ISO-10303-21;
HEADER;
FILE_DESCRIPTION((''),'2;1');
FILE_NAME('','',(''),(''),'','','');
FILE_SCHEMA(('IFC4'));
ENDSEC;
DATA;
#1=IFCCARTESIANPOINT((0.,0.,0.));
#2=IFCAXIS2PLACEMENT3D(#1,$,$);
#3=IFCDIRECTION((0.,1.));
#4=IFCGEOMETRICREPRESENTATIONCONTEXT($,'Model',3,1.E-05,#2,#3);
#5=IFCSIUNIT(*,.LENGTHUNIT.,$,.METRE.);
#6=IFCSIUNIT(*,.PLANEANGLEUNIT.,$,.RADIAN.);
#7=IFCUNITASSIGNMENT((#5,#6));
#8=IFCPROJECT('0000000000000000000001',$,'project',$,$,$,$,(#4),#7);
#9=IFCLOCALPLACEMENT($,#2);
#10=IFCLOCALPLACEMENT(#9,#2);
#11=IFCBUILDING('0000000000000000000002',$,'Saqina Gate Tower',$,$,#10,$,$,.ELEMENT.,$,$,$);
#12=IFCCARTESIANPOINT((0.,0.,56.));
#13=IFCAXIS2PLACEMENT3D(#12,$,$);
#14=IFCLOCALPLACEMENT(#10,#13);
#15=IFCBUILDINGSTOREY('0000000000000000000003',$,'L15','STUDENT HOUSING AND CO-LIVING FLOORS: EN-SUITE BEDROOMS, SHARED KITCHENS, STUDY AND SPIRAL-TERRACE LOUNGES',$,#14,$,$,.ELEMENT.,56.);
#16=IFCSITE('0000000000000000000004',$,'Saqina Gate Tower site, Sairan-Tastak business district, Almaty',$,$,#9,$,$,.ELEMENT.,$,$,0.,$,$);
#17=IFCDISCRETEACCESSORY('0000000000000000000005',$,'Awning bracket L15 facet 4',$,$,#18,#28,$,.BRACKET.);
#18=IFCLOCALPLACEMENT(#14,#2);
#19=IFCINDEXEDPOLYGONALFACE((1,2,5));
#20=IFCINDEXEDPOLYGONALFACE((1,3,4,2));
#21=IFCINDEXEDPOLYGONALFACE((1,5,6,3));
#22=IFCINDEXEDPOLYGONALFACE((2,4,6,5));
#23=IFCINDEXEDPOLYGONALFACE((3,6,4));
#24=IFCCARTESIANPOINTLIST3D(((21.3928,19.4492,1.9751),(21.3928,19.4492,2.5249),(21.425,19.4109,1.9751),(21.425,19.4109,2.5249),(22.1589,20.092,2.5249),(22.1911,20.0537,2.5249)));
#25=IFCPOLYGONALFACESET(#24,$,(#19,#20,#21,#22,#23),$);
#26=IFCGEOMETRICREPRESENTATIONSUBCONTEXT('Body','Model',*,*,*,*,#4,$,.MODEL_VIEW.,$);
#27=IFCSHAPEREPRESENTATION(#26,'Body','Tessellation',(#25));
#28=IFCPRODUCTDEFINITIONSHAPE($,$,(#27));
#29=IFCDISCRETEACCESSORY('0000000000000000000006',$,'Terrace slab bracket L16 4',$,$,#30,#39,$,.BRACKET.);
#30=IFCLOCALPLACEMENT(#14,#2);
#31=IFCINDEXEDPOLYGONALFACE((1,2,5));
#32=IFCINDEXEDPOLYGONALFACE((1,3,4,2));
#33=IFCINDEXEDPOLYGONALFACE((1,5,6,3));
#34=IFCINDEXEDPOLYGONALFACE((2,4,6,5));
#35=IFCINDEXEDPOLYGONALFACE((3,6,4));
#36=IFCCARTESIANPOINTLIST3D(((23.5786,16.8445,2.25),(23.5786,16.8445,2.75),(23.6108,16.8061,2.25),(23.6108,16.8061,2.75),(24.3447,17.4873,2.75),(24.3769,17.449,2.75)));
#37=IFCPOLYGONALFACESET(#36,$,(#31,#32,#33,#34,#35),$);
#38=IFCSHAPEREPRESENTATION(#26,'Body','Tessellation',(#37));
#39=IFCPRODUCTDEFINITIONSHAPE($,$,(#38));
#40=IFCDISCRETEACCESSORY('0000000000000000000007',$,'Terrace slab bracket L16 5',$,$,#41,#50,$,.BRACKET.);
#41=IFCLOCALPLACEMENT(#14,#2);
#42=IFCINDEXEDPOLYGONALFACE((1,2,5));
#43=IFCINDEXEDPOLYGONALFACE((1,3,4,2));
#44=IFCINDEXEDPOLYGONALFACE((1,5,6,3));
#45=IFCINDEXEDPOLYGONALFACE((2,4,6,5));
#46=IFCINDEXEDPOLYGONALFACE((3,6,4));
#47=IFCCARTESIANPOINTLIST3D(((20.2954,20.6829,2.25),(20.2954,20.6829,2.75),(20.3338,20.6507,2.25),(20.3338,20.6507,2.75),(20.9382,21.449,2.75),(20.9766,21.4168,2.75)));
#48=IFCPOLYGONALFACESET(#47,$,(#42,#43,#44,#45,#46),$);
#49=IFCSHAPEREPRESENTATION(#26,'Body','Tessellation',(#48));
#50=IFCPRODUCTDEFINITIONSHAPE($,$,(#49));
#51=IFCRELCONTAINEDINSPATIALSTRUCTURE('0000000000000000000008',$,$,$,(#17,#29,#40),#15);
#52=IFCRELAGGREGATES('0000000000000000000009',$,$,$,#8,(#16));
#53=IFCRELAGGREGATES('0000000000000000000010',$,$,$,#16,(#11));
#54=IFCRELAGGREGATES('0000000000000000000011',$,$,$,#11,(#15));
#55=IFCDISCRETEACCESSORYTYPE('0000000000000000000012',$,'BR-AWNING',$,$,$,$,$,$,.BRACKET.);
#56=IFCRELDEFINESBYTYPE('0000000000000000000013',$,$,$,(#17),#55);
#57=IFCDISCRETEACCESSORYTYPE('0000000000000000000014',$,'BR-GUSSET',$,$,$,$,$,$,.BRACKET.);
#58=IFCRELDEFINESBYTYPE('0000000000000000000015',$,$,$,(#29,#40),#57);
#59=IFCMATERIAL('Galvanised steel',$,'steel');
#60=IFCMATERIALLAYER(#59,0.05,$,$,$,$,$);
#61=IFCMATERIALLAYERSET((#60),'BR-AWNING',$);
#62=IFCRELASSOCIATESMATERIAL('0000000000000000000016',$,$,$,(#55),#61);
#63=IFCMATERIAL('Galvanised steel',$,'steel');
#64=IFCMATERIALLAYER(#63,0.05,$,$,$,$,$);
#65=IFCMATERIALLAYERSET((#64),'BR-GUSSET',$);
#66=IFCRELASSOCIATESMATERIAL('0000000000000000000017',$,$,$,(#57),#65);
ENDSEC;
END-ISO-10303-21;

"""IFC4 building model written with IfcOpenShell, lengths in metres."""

from ifc_helpers import new_model, si_unit, direction, frame, origin, place, context, subcontext, project, spatial, polyline, outline, extrude, material, layer, layer_set, type_object, element, save


model = new_model("IFC4")

# Units and contexts
model_context = context("Model", 3, precision=1e-05, world=origin(), true_north=direction((0.0, 1.0)))
body_context = subcontext(model_context, "Body", "Model", "MODEL_VIEW")
ifc_project = project(units=[si_unit("LENGTHUNIT", "METRE"), si_unit("PLANEANGLEUNIT", "RADIAN")], contexts=[model_context])

# Site, building, storey
site_placement = place(None, origin())
site = spatial("IfcSite", under=ifc_project, at=site_placement, Name="Saqina Gate Tower site, Sairan-Tastak business district, Almaty", CompositionType="ELEMENT", RefElevation=0.0)
building_placement = place(site_placement, origin())
building = spatial("IfcBuilding", under=site, at=building_placement, Name="Saqina Gate Tower", CompositionType="ELEMENT")
storey_placement = place(building_placement, frame((0.0, 0.0, 56.0)))
storey = spatial("IfcBuildingStorey", under=building, at=storey_placement, Name="L15", Description="STUDENT HOUSING AND CO-LIVING FLOORS: EN-SUITE BEDROOMS, SHARED KITCHENS, STUDY AND SPIRAL-TERRACE LOUNGES", CompositionType="ELEMENT", Elevation=56.0)

# Discrete accessories
ifc_material_1 = material(Name="Galvanised steel", Category="steel")
ifc_layer_1 = layer(ifc_material_1, 0.05)
ifc_layer_set_1 = layer_set([ifc_layer_1], Name="BR-AWNING")
discrete_accessory_type_1 = type_object("IfcDiscreteAccessoryType", Name="BR-AWNING", PredefinedType="BRACKET", material=ifc_layer_set_1)
for number, where, z_axis, x_axis, name in (
    (1, (21.3928, 19.4492, 1.9751), (-0.642774, 0.766056, 0.0), (0.0, 0.0, 1.0), "Awning bracket L15 facet 4"),
):
    element("IfcDiscreteAccessory", number, at=place(storey_placement, frame(where, z_axis=z_axis, x_axis=x_axis)), inside=storey, type_object=discrete_accessory_type_1, Name=name, PredefinedType="BRACKET", context=body_context, shape_type="SweptSolid", body=[
        extrude(outline(polyline([(0.0, 0.0), (0.5498, 0.0), (0.5498, 1.0001), (0.0, 0.0)])), origin(), (0.0, 0.0, -1.0), 0.05),
    ])
ifc_material_2 = material(Name="Galvanised steel", Category="steel")
ifc_layer_2 = layer(ifc_material_2, 0.05)
ifc_layer_set_2 = layer_set([ifc_layer_2], Name="BR-GUSSET")
discrete_accessory_type_2 = type_object("IfcDiscreteAccessoryType", Name="BR-GUSSET", PredefinedType="BRACKET", material=ifc_layer_set_2)
for number, where, z_axis, x_axis, name in (
    (2, (23.5786, 16.8445, 2.25), (-0.642774, 0.766056, 0.0), (0.0, 0.0, 1.0), "Terrace slab bracket L16 4"),
    (3, (20.2954, 20.6829, 2.25), (-0.766056, 0.642774, 0.0), (0.0, 0.0, 1.0), "Terrace slab bracket L16 5"),
):
    element("IfcDiscreteAccessory", number, at=place(storey_placement, frame(where, z_axis=z_axis, x_axis=x_axis)), inside=storey, type_object=discrete_accessory_type_2, Name=name, PredefinedType="BRACKET", context=body_context, shape_type="SweptSolid", body=[
        extrude(outline(polyline([(0.0, 0.0), (0.5, 0.0), (0.5, 1.0001), (0.0, 0.0)])), origin(), (0.0, 0.0, -1.0), 0.05),
    ])

save(model, "model.ifc")
